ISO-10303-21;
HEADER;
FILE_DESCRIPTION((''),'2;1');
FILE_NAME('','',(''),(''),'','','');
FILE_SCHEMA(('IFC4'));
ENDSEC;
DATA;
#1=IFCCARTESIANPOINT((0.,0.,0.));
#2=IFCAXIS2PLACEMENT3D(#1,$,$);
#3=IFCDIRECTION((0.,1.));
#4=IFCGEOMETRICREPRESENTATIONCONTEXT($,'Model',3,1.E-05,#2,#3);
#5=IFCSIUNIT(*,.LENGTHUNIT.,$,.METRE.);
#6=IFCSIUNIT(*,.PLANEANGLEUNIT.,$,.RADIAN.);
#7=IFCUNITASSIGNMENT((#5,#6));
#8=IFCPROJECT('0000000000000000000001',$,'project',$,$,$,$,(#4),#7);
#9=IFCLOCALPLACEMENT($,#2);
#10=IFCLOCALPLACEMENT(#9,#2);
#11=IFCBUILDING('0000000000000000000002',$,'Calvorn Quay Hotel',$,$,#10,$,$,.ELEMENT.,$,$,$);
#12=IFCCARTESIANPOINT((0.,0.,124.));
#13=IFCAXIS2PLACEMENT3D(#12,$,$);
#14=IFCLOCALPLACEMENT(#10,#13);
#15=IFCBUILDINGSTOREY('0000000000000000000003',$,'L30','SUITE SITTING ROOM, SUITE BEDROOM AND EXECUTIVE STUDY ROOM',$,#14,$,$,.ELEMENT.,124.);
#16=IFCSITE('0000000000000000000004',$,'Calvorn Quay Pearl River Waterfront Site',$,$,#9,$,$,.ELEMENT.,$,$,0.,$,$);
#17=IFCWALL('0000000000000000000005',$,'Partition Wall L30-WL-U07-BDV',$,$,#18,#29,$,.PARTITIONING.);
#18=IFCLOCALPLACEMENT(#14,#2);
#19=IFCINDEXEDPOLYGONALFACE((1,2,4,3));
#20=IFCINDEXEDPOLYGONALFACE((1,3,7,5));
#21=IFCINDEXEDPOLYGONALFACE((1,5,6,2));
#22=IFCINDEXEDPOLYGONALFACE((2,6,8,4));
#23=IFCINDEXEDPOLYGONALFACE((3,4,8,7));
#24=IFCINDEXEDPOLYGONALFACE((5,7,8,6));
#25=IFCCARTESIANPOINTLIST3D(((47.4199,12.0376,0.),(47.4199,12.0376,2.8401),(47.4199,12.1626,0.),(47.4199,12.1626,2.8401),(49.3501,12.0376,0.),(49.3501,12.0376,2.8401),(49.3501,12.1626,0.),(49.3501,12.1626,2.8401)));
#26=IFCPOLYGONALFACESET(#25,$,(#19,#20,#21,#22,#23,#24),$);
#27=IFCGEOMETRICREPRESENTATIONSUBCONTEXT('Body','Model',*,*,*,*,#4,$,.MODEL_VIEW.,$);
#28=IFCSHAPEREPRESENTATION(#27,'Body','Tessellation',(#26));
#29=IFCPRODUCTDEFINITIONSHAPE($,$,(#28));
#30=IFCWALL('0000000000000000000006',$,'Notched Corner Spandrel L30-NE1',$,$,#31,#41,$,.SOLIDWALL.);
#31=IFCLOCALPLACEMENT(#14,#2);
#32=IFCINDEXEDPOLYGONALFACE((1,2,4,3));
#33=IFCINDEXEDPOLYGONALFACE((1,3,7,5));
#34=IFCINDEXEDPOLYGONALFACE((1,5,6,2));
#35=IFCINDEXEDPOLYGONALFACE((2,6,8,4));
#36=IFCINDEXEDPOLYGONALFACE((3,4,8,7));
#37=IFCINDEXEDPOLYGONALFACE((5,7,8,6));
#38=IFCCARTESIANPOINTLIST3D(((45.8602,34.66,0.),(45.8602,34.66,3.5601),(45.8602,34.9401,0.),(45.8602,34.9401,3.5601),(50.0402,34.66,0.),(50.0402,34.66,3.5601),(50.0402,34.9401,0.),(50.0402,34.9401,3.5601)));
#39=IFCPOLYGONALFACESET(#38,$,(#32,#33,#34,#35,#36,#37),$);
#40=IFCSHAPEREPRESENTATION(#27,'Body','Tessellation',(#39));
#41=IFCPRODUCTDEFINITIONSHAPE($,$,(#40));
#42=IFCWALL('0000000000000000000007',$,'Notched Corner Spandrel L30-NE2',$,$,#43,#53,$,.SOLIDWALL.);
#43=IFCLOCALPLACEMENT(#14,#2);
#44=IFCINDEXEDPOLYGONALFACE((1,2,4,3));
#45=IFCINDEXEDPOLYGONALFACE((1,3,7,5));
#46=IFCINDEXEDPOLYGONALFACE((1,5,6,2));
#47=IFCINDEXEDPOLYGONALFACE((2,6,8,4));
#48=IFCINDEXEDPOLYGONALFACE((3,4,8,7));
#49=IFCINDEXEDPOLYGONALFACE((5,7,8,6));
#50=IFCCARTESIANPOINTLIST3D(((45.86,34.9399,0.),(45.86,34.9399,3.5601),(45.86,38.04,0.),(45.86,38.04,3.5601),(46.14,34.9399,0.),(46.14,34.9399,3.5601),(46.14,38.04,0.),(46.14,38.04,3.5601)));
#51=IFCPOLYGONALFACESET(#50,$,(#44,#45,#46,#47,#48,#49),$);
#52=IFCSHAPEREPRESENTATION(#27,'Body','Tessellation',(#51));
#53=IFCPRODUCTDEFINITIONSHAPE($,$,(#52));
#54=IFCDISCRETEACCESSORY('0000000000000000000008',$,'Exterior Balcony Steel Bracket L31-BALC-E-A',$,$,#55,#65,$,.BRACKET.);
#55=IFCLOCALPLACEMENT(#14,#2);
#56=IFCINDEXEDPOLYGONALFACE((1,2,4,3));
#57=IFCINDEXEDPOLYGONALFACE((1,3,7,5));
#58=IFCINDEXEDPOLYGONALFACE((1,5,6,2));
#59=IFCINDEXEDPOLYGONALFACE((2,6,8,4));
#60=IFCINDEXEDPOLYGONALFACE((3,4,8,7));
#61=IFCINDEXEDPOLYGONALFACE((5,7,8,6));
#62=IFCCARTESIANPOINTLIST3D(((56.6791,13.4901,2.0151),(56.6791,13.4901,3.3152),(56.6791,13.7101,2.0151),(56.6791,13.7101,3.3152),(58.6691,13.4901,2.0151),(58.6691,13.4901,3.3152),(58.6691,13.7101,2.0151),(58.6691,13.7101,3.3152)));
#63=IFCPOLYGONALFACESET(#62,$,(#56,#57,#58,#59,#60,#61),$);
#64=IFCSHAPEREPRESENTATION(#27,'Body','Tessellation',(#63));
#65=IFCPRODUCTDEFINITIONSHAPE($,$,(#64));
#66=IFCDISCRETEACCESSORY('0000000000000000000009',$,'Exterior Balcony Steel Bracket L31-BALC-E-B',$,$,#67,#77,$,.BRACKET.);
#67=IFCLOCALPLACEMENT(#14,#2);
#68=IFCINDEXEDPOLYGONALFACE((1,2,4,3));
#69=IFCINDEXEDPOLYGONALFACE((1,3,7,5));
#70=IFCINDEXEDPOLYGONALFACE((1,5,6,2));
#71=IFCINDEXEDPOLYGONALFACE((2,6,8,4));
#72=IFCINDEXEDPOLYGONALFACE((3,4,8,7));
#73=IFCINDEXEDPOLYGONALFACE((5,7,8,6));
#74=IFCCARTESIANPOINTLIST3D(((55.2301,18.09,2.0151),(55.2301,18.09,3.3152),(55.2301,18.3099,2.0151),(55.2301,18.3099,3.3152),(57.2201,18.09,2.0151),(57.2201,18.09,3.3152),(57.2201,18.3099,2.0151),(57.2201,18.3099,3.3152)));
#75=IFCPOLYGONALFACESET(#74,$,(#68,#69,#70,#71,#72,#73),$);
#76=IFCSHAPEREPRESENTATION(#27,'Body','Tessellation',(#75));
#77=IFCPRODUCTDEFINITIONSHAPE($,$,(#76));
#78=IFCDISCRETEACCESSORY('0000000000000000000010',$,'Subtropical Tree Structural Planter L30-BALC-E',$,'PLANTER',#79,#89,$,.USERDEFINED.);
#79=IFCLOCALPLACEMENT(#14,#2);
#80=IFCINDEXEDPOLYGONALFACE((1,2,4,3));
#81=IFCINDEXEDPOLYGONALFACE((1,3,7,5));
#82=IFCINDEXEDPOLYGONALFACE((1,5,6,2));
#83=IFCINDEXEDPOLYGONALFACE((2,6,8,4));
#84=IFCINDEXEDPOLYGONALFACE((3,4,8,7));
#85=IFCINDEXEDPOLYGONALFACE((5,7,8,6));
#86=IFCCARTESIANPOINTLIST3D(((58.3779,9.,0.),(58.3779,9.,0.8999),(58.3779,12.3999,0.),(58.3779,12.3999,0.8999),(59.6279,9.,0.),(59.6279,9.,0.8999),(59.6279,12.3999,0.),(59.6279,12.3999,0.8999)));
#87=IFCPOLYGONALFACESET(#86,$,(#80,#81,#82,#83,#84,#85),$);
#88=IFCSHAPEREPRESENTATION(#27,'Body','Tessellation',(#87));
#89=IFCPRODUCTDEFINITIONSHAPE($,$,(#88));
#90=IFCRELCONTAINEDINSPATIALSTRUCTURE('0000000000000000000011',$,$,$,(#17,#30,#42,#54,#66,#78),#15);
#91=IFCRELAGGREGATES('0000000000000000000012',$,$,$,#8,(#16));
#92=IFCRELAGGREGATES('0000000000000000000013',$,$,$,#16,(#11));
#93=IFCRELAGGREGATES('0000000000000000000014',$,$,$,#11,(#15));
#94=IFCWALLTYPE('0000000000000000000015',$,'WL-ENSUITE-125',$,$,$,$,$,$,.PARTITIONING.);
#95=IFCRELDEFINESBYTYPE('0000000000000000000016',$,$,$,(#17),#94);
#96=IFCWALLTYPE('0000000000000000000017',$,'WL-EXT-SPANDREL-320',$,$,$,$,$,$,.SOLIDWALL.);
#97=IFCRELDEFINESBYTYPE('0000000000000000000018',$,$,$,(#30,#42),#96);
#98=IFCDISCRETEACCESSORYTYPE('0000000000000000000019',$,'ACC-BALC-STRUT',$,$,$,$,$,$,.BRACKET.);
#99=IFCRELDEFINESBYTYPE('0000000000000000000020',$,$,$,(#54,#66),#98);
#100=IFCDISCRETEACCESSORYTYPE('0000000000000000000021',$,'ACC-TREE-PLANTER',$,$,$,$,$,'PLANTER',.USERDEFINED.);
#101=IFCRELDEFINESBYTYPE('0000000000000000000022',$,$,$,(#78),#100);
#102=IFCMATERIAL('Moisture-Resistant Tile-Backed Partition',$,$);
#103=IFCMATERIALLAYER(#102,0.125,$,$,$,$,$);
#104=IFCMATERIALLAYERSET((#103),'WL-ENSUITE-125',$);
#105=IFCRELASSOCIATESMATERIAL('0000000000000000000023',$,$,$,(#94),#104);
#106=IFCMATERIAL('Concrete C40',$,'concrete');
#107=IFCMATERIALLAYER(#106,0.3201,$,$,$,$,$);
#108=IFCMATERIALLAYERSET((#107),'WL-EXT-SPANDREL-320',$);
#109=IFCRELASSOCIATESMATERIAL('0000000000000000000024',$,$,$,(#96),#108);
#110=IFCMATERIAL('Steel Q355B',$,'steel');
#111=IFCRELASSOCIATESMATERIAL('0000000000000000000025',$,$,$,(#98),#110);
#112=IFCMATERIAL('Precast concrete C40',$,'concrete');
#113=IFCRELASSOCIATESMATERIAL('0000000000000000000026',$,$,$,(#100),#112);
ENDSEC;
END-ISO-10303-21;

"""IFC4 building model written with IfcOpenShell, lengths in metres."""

from ifc_helpers import new_model, si_unit, direction, frame, frame_2d, origin, origin_2d, place, context, subcontext, project, spatial, rectangle, extrude, material, layer, layer_set, type_object, element, save


model = new_model("IFC4")

# Units and contexts
model_context = context("Model", 3, precision=1e-05, world=origin(), true_north=direction((0.0, 1.0)))
body_context = subcontext(model_context, "Body", "Model", "MODEL_VIEW")
ifc_project = project(units=[si_unit("LENGTHUNIT", "METRE"), si_unit("PLANEANGLEUNIT", "RADIAN")], contexts=[model_context])

# Site, building, storey
site_placement = place(None, origin())
site = spatial("IfcSite", under=ifc_project, at=site_placement, Name="Calvorn Quay Pearl River Waterfront Site", CompositionType="ELEMENT", RefElevation=0.0)
building_placement = place(site_placement, origin())
building = spatial("IfcBuilding", under=site, at=building_placement, Name="Calvorn Quay Hotel", CompositionType="ELEMENT")
storey_placement = place(building_placement, frame((0.0, 0.0, 124.0)))
storey = spatial("IfcBuildingStorey", under=building, at=storey_placement, Name="L30", Description="SUITE SITTING ROOM, SUITE BEDROOM AND EXECUTIVE STUDY ROOM", CompositionType="ELEMENT", Elevation=124.0)

# Walls
ifc_material_1 = material(Name="Moisture-Resistant Tile-Backed Partition")
ifc_layer_1 = layer(ifc_material_1, 0.125)
ifc_layer_set_1 = layer_set([ifc_layer_1], Name="WL-ENSUITE-125")
wall_type_1 = type_object("IfcWallType", Name="WL-ENSUITE-125", PredefinedType="PARTITIONING", material=ifc_layer_set_1)
wall_1_placement = place(storey_placement, frame((47.4199, 12.1001, 0.0), z_axis=(0.0, 0.0, 1.0), x_axis=(1.0, 0.0, 0.0)))
element("IfcWall", 1, at=wall_1_placement, inside=storey, type_object=wall_type_1, Name="Partition Wall L30-WL-U07-BDV", PredefinedType="PARTITIONING", context=body_context, shape_type="SweptSolid", body=[
    extrude(rectangle(XDim=1.9302, YDim=0.125, at=frame_2d((0.9651, 0.0))), origin(), (0.0, 0.0, 1.0), 2.8401),
])
ifc_material_2 = material(Name="Concrete C40", Category="concrete")
ifc_layer_2 = layer(ifc_material_2, 0.3201)
ifc_layer_set_2 = layer_set([ifc_layer_2], Name="WL-EXT-SPANDREL-320")
wall_type_2 = type_object("IfcWallType", Name="WL-EXT-SPANDREL-320", PredefinedType="SOLIDWALL", material=ifc_layer_set_2)
wall_2_placement = place(storey_placement, frame((50.04, 34.8, 0.0), z_axis=(0.0, 0.0, 1.0), x_axis=(-1.0, 0.0, 0.0)))
element("IfcWall", 2, at=wall_2_placement, inside=storey, type_object=wall_type_2, Name="Notched Corner Spandrel L30-NE1", PredefinedType="SOLIDWALL", context=body_context, shape_type="SweptSolid", body=[
    extrude(rectangle(XDim=4.1799, YDim=0.28, at=frame_2d((2.0898, 0.0))), origin(), (0.0, 0.0, 1.0), 3.5601),
])
wall_3_placement = place(storey_placement, frame((46.0, 34.9399, 0.0), z_axis=(0.0, 0.0, 1.0), x_axis=(0.0, 1.0, 0.0)))
element("IfcWall", 3, at=wall_3_placement, inside=storey, type_object=wall_type_2, Name="Notched Corner Spandrel L30-NE2", PredefinedType="SOLIDWALL", context=body_context, shape_type="SweptSolid", body=[
    extrude(rectangle(XDim=3.1001, YDim=0.28, at=frame_2d((1.55, 0.0))), origin(), (0.0, 0.0, 1.0), 3.5601),
])

# Discrete accessories
ifc_material_3 = material(Name="Steel Q355B", Category="steel")
discrete_accessory_type_1 = type_object("IfcDiscreteAccessoryType", Name="ACC-BALC-STRUT", PredefinedType="BRACKET", material=ifc_material_3)
for number, where, z_axis, x_axis, name in (
    (4, (57.6741, 13.6001, 2.0151), (0.0, 0.0, 1.0), (1.0, 0.0, 0.0), "Exterior Balcony Steel Bracket L31-BALC-E-A"),
    (5, (56.2251, 18.2, 2.0151), (0.0, 0.0, 1.0), (1.0, 0.0, 0.0), "Exterior Balcony Steel Bracket L31-BALC-E-B"),
):
    element("IfcDiscreteAccessory", number, at=place(storey_placement, frame(where, z_axis=z_axis, x_axis=x_axis)), inside=storey, type_object=discrete_accessory_type_1, Name=name, PredefinedType="BRACKET", context=body_context, shape_type="SweptSolid", body=[
        extrude(rectangle(XDim=1.99, YDim=0.22, at=origin_2d()), origin(), (0.0, 0.0, 1.0), 1.3),
    ])
ifc_material_4 = material(Name="Precast concrete C40", Category="concrete")
discrete_accessory_type_2 = type_object("IfcDiscreteAccessoryType", Name="ACC-TREE-PLANTER", ElementType="PLANTER", PredefinedType="USERDEFINED", material=ifc_material_4)
discrete_accessory_placement = place(storey_placement, frame((59.0029, 10.7, 0.0), z_axis=(0.0, 0.0, 1.0), x_axis=(1.0, 0.0, 0.0)))
element("IfcDiscreteAccessory", 6, at=discrete_accessory_placement, inside=storey, type_object=discrete_accessory_type_2, Name="Subtropical Tree Structural Planter L30-BALC-E", ObjectType="PLANTER", PredefinedType="USERDEFINED", context=body_context, shape_type="SweptSolid", body=[
    extrude(rectangle(XDim=1.25, YDim=3.3999, at=origin_2d()), origin(), (0.0, 0.0, 1.0), 0.8999),
])

save(model, "model.ifc")
